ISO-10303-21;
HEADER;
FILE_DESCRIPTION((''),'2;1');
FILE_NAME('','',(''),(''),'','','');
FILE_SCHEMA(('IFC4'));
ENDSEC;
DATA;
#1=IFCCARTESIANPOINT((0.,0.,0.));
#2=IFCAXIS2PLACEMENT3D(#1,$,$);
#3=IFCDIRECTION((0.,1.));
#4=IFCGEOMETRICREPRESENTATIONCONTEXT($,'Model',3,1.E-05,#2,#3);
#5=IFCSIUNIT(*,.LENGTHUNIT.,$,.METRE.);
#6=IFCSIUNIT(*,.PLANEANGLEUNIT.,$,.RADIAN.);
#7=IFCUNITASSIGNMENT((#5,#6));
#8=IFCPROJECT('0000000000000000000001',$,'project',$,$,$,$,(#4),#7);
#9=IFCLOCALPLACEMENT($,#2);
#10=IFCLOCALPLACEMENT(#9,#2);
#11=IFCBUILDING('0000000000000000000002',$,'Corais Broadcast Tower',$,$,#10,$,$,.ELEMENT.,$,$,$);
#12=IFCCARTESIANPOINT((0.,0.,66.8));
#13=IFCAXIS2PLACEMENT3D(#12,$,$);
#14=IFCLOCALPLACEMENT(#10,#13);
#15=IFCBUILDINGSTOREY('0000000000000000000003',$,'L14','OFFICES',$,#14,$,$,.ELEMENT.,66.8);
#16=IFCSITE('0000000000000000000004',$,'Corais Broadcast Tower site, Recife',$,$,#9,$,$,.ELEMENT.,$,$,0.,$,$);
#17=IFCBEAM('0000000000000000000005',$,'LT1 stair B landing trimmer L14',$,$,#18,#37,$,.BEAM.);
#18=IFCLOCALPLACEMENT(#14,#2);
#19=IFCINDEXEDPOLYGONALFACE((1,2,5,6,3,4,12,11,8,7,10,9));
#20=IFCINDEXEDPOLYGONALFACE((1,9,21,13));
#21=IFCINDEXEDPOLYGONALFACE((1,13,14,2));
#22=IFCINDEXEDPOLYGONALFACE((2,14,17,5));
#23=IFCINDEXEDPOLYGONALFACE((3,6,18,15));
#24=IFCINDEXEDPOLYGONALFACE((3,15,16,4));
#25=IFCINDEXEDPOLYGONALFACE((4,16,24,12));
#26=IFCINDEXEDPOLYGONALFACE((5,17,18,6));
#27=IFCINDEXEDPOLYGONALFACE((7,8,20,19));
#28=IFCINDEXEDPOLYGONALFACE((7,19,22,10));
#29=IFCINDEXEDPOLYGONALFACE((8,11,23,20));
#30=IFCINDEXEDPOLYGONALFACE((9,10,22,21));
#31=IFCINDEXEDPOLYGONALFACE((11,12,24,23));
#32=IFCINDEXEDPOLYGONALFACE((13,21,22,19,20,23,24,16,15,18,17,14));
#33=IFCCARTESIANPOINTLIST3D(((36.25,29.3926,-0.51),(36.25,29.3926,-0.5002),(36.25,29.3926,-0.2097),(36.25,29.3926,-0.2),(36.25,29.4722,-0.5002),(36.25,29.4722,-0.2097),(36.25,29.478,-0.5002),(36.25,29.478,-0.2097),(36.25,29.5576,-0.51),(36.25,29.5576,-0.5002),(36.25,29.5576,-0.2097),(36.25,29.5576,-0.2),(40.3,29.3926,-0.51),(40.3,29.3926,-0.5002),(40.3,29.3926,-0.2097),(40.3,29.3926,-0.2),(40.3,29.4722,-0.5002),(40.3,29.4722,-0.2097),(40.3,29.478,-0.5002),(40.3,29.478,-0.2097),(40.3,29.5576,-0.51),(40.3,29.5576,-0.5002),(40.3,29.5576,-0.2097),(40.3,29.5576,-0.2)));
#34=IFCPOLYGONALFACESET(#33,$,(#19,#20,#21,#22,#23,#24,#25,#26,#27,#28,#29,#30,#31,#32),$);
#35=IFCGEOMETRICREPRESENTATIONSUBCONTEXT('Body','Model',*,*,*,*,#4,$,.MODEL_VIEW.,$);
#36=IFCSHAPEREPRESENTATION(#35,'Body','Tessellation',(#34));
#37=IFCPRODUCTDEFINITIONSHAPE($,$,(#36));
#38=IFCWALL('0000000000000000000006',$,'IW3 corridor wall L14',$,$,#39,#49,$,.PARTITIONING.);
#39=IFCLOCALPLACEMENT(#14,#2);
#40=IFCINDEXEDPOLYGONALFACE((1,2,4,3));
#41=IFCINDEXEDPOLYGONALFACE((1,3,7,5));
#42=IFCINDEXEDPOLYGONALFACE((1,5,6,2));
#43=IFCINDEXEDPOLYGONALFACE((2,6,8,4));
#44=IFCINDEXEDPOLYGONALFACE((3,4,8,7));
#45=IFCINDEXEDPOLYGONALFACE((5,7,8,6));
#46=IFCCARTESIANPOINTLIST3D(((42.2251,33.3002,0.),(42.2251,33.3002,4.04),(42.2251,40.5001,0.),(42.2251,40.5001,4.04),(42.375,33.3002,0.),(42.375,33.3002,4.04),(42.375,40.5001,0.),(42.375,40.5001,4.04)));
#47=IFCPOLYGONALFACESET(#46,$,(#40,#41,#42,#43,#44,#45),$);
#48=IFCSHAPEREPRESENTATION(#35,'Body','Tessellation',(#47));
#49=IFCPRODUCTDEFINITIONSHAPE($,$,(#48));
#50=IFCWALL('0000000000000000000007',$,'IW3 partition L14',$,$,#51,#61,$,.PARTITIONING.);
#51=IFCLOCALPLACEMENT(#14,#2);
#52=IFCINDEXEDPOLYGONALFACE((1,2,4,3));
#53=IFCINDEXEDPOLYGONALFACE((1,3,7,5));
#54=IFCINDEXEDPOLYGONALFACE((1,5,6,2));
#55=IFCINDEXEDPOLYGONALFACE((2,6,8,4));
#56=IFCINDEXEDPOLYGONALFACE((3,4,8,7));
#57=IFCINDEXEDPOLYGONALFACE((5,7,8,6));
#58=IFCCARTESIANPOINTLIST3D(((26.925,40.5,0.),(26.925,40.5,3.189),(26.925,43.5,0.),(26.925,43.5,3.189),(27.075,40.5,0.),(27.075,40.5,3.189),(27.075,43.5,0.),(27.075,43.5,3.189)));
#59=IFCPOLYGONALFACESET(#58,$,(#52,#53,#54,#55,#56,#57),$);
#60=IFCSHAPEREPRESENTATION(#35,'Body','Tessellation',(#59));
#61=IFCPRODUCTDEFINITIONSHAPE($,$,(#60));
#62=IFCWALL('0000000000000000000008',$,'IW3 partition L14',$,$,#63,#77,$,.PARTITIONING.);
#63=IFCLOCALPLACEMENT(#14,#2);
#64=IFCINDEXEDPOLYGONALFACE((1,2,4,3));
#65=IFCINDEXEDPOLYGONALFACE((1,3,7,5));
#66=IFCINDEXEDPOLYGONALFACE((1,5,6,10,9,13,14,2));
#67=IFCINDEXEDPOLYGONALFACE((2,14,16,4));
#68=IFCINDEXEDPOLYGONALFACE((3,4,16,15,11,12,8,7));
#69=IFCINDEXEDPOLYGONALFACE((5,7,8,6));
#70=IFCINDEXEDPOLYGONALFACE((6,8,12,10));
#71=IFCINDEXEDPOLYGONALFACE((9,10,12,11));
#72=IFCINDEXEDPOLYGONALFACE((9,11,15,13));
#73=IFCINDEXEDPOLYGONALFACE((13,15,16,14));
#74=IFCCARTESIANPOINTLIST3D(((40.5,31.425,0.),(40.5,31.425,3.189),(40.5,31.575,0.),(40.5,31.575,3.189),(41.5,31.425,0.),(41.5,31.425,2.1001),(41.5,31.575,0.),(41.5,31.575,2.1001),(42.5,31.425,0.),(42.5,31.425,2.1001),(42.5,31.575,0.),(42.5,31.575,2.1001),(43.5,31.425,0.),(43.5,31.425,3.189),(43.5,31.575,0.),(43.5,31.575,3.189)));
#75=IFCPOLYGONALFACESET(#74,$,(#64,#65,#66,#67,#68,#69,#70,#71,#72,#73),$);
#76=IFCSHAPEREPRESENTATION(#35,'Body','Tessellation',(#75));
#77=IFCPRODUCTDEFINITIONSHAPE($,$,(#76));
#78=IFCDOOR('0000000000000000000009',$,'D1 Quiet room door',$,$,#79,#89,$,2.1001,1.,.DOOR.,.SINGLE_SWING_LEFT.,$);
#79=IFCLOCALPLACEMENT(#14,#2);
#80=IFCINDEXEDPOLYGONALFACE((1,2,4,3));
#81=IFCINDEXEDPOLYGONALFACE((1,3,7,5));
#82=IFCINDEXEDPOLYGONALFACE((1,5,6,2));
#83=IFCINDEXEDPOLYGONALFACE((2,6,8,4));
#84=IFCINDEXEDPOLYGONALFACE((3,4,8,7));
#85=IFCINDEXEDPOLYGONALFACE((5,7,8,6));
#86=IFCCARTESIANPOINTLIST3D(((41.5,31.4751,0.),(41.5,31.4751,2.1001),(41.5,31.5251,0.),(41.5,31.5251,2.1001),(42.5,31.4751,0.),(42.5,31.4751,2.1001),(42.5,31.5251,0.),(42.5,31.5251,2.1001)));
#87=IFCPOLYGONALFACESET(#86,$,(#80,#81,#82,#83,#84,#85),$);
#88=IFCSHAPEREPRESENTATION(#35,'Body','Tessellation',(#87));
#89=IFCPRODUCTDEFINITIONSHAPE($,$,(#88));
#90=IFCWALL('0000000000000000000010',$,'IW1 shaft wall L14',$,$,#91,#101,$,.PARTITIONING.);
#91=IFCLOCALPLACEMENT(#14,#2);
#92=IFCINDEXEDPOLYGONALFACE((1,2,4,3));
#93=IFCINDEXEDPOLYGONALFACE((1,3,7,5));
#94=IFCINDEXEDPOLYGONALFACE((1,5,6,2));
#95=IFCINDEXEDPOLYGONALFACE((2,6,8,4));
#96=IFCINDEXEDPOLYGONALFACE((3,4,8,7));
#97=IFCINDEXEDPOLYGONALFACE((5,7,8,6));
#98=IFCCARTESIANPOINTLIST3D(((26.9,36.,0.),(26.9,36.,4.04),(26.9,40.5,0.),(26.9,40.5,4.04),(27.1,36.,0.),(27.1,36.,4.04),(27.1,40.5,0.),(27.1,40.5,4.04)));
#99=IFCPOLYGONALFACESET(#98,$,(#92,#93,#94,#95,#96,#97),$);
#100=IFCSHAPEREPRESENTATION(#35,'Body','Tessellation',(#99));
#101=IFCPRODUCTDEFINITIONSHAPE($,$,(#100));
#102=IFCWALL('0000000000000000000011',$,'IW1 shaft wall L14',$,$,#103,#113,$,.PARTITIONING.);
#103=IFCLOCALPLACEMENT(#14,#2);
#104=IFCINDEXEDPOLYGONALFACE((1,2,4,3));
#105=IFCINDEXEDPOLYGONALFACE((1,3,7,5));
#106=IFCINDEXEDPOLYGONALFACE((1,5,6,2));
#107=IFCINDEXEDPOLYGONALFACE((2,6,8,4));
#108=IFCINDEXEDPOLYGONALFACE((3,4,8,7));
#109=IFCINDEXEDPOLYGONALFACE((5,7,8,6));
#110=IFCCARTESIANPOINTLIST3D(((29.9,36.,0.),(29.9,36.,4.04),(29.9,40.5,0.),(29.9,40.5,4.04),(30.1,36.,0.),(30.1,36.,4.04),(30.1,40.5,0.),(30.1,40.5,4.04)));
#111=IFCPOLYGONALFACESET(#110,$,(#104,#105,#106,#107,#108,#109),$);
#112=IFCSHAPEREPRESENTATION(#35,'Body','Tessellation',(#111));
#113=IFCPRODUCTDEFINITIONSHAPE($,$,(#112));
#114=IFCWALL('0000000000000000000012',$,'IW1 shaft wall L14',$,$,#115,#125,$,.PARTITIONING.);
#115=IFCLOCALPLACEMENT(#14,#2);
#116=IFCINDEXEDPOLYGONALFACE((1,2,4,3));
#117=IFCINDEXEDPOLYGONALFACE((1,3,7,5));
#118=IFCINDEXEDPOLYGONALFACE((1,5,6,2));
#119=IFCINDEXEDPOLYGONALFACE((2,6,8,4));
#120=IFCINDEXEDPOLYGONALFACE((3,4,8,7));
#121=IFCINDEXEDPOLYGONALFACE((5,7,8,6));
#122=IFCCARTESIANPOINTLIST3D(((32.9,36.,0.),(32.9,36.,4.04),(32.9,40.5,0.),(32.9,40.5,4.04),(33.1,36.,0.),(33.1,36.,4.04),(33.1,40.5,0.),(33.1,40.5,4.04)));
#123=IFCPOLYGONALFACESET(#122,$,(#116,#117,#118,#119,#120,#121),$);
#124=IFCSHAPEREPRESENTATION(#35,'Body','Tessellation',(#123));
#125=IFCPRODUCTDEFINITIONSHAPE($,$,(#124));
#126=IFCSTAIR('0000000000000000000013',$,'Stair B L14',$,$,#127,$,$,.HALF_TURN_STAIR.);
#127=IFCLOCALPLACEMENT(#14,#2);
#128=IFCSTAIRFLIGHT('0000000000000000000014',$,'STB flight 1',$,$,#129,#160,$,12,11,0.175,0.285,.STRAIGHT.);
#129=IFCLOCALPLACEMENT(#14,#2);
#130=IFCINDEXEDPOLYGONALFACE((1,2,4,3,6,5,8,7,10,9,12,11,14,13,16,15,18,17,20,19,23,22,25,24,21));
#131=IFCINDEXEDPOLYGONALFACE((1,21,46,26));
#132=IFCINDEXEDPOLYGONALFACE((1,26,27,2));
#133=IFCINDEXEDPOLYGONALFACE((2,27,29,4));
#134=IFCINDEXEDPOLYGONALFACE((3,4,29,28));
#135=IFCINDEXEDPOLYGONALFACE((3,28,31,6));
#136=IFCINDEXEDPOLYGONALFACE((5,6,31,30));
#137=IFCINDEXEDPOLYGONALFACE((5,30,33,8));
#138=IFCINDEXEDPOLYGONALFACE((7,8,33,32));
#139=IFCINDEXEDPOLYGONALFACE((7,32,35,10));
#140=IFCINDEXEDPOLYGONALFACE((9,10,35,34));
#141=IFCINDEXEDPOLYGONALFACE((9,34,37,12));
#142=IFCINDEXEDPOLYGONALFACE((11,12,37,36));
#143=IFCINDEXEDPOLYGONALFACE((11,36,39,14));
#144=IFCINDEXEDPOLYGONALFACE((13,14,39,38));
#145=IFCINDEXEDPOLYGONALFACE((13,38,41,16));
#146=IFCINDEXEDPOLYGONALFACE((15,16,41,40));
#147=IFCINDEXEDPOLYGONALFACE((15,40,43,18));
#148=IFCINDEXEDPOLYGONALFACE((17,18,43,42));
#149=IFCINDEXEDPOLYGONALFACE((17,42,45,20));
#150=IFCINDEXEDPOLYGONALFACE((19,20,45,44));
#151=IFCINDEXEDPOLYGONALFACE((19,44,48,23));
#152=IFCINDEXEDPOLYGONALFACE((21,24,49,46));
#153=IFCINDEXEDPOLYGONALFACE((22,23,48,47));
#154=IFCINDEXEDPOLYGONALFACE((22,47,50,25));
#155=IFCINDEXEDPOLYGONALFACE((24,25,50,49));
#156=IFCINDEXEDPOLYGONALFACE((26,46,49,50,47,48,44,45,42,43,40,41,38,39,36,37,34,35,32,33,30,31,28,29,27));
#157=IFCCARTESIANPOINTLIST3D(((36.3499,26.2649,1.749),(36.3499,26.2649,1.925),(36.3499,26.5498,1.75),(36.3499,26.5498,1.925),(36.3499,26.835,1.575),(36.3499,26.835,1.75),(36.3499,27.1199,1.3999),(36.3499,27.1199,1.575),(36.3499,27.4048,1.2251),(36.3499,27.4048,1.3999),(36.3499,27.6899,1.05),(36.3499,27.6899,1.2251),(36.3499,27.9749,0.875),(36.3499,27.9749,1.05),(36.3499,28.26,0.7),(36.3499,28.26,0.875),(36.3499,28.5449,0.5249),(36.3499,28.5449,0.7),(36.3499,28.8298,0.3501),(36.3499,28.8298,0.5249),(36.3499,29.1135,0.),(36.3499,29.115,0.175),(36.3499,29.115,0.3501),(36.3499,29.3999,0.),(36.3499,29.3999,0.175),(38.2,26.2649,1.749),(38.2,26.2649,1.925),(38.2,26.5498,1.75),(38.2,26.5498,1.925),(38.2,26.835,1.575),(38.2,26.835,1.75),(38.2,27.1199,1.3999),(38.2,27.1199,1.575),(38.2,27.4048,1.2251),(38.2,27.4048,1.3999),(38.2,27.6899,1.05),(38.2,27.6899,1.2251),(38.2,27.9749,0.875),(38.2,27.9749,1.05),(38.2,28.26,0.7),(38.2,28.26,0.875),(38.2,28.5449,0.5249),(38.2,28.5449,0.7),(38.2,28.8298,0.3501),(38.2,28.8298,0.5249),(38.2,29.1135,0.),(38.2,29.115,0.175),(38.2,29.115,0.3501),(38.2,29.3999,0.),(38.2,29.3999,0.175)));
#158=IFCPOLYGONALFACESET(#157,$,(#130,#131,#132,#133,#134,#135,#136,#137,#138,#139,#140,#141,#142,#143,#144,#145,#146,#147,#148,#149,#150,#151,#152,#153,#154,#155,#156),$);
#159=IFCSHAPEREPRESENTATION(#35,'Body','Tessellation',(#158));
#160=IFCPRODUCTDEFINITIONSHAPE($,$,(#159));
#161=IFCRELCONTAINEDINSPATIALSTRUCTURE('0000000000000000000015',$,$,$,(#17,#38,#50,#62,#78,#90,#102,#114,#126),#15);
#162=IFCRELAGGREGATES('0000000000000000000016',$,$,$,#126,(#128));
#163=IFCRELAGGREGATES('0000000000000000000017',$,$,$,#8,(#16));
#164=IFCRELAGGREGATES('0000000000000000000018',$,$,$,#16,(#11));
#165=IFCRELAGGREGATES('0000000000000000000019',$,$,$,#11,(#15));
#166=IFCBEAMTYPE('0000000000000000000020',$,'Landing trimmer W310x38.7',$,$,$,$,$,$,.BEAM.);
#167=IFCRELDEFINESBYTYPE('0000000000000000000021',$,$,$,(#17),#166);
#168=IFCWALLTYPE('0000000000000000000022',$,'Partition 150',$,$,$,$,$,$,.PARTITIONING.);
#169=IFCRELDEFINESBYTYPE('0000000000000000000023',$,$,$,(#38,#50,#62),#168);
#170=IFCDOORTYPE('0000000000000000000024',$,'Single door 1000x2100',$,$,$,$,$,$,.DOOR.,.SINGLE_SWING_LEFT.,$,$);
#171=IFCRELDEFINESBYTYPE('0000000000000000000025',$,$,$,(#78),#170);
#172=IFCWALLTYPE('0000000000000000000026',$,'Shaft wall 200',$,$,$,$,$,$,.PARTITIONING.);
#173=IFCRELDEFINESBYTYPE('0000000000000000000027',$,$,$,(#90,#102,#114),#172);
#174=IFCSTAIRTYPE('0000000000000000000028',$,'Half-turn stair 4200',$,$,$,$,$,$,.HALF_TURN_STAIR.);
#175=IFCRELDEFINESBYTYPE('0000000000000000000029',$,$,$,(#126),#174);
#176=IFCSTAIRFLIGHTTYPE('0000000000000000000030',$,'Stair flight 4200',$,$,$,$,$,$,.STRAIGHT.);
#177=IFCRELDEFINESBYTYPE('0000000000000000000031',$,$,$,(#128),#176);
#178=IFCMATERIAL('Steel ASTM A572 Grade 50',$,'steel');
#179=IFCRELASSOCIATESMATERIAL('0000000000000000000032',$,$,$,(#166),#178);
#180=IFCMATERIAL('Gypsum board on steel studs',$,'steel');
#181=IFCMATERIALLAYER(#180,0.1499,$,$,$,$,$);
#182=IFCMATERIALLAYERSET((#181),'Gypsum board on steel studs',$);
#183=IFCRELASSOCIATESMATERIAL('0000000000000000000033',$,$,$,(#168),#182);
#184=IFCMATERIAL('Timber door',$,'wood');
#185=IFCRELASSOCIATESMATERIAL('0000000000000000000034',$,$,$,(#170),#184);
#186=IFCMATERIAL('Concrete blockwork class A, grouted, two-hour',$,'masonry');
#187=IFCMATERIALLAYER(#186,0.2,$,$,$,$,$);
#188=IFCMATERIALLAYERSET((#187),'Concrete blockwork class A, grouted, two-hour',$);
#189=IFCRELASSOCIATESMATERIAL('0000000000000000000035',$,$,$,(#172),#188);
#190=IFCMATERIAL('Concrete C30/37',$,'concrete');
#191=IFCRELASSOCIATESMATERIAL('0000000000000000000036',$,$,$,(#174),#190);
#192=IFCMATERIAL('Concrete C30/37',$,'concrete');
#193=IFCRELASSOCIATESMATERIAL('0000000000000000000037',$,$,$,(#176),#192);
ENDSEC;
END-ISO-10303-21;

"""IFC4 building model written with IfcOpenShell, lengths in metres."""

from ifc_helpers import new_model, si_unit, direction, frame, frame_2d, origin, origin_2d, place, context, subcontext, project, spatial, polyline, rectangle, i_section, outline, extrude, material, layer, layer_set, material_profile, profile_set, type_object, element, fill, aggregate, save


model = new_model("IFC4")

# Units and contexts
model_context = context("Model", 3, precision=1e-05, world=origin(), true_north=direction((0.0, 1.0)))
body_context = subcontext(model_context, "Body", "Model", "MODEL_VIEW")
ifc_project = project(units=[si_unit("LENGTHUNIT", "METRE"), si_unit("PLANEANGLEUNIT", "RADIAN")], contexts=[model_context])

# Site, building, storey
site_placement = place(None, origin())
site = spatial("IfcSite", under=ifc_project, at=site_placement, Name="Corais Broadcast Tower site, Recife", CompositionType="ELEMENT", RefElevation=0.0)
building_placement = place(site_placement, origin())
building = spatial("IfcBuilding", under=site, at=building_placement, Name="Corais Broadcast Tower", CompositionType="ELEMENT")
storey_placement = place(building_placement, frame((0.0, 0.0, 66.8)))
storey = spatial("IfcBuildingStorey", under=building, at=storey_placement, Name="L14", Description="OFFICES", CompositionType="ELEMENT", Elevation=66.8)

# Beam
ifc_material_1 = material(Name="Steel ASTM A572 Grade 50", Category="steel")
ifc_material_profile = material_profile(ifc_material_1, i_section(OverallWidth=0.165, OverallDepth=0.3101, WebThickness=0.0059, FlangeThickness=0.0098, at=origin_2d()), Name="W310x38.7")
ifc_profile_set = profile_set([ifc_material_profile], Name="Steel ASTM A572 Grade 50")
beam_type = type_object("IfcBeamType", Name="Landing trimmer W310x38.7", PredefinedType="BEAM", material=ifc_profile_set)
beam_placement = place(storey_placement, frame((36.25, 29.4751, -0.355), z_axis=(1.0, 0.0, 0.0), x_axis=(0.0, 1.0, 0.0)))
element("IfcBeam", 1, at=beam_placement, inside=storey, type_object=beam_type, Name="LT1 stair B landing trimmer L14", PredefinedType="BEAM", context=body_context, shape_type="SweptSolid", body=[
    extrude(i_section(OverallWidth=0.165, OverallDepth=0.3101, WebThickness=0.0059, FlangeThickness=0.0098, at=origin_2d()), origin(), (0.0, 0.0, 1.0), 4.05),
])

# Walls
ifc_material_2 = material(Name="Gypsum board on steel studs", Category="steel")
ifc_layer_1 = layer(ifc_material_2, 0.1499)
ifc_layer_set_1 = layer_set([ifc_layer_1], Name="Gypsum board on steel studs")
wall_type_1 = type_object("IfcWallType", Name="Partition 150", PredefinedType="PARTITIONING", material=ifc_layer_set_1)
wall_1_placement = place(storey_placement, frame((42.3, 33.3, 0.0), z_axis=(0.0, 0.0, 1.0), x_axis=(0.0, 1.0, 0.0)))
element("IfcWall", 2, at=wall_1_placement, inside=storey, type_object=wall_type_1, Name="IW3 corridor wall L14", PredefinedType="PARTITIONING", context=body_context, shape_type="SweptSolid", body=[
    extrude(rectangle(XDim=7.2, YDim=0.1499, at=frame_2d((3.6001, 0.0))), origin(), (0.0, 0.0, 1.0), 4.04),
])
wall_2_placement = place(storey_placement, frame((27.0, 40.5, 0.0), z_axis=(0.0, 0.0, 1.0), x_axis=(0.0, 1.0, 0.0)))
element("IfcWall", 3, at=wall_2_placement, inside=storey, type_object=wall_type_1, Name="IW3 partition L14", PredefinedType="PARTITIONING", context=body_context, shape_type="SweptSolid", body=[
    extrude(rectangle(XDim=3.0, YDim=0.1499, at=frame_2d((1.5, 0.0))), origin(), (0.0, 0.0, 1.0), 3.189),
])

# Wall, opening, door
wall_3_placement = place(storey_placement, frame((43.5, 31.5, 0.0), z_axis=(0.0, 0.0, 1.0), x_axis=(-1.0, 0.0, 0.0)))
wall_3 = element("IfcWall", 4, at=wall_3_placement, inside=storey, type_object=wall_type_1, Name="IW3 partition L14", PredefinedType="PARTITIONING", context=body_context, shape_type="SweptSolid", body=[
    extrude(rectangle(XDim=3.0, YDim=0.1499, at=frame_2d((1.5, 0.0))), origin(), (0.0, 0.0, 1.0), 3.189),
])
opening_placement = place(wall_3_placement, frame((1.0, 0.0, 0.0)))
opening = element("IfcOpeningElement", 5, at=opening_placement, cuts=wall_3, PredefinedType="OPENING", context=body_context, shape_type="SweptSolid", body=[
    extrude(rectangle(XDim=1.0, YDim=2.1001, at=frame_2d((0.5, 1.05))), frame((0.0, 0.085, 0.0), z_axis=(0.0, -1.0, 0.0), x_axis=(1.0, 0.0, 0.0)), (0.0, 0.0, 1.0), 0.1699),
])
ifc_material_3 = material(Name="Timber door", Category="wood")
door_type = type_object("IfcDoorType", Name="Single door 1000x2100", OperationType="SINGLE_SWING_LEFT", PredefinedType="DOOR", material=ifc_material_3)
door_placement = place(opening_placement, origin())
door = element("IfcDoor", 6, at=door_placement, inside=storey, type_object=door_type, Name="D1 Quiet room door", OperationType="SINGLE_SWING_LEFT", OverallHeight=2.1001, OverallWidth=1.0, PredefinedType="DOOR", context=body_context, shape_type="SweptSolid", body=[
    extrude(rectangle(XDim=1.0, YDim=2.1001, at=frame_2d((0.5, 1.05))), frame((0.0, 0.0249, 0.0), z_axis=(0.0, -1.0, 0.0), x_axis=(1.0, 0.0, 0.0)), (0.0, 0.0, 1.0), 0.05),
])
fill(opening, door)

# Walls
ifc_material_4 = material(Name="Concrete blockwork class A, grouted, two-hour", Category="masonry")
ifc_layer_2 = layer(ifc_material_4, 0.2)
ifc_layer_set_2 = layer_set([ifc_layer_2], Name="Concrete blockwork class A, grouted, two-hour")
wall_type_2 = type_object("IfcWallType", Name="Shaft wall 200", PredefinedType="PARTITIONING", material=ifc_layer_set_2)
for number, where, z_axis, x_axis, name in (
    (7, (27.0, 36.0, 0.0), (0.0, 0.0, 1.0), (0.0, 1.0, 0.0), "IW1 shaft wall L14"),
    (8, (30.0, 36.0, 0.0), (0.0, 0.0, 1.0), (0.0, 1.0, 0.0), "IW1 shaft wall L14"),
    (9, (33.0, 36.0, 0.0), (0.0, 0.0, 1.0), (0.0, 1.0, 0.0), "IW1 shaft wall L14"),
):
    element("IfcWall", number, at=place(storey_placement, frame(where, z_axis=z_axis, x_axis=x_axis)), inside=storey, type_object=wall_type_2, Name=name, PredefinedType="PARTITIONING", context=body_context, shape_type="SweptSolid", body=[
        extrude(rectangle(XDim=4.5, YDim=0.2, at=frame_2d((2.25, 0.0))), origin(), (0.0, 0.0, 1.0), 4.04),
    ])

# Stair, stair flight
ifc_material_5 = material(Name="Concrete C30/37", Category="concrete")
stair_type = type_object("IfcStairType", Name="Half-turn stair 4200", PredefinedType="HALF_TURN_STAIR", material=ifc_material_5)
stair_placement = place(storey_placement, origin())
stair = element("IfcStair", 10, at=stair_placement, inside=storey, type_object=stair_type, Name="Stair B L14", PredefinedType="HALF_TURN_STAIR")
ifc_material_6 = material(Name="Concrete C30/37", Category="concrete")
stair_flight_type = type_object("IfcStairFlightType", Name="Stair flight 4200", PredefinedType="STRAIGHT", material=ifc_material_6)
stair_flight_placement = place(storey_placement, frame((37.2749, 29.3999, 0.0), z_axis=(0.0, 0.0, 1.0), x_axis=(0.0, -1.0, 0.0)))
stair_flight = element("IfcStairFlight", 11, at=stair_flight_placement, type_object=stair_flight_type, Name="STB flight 1", NumberOfRisers=12, NumberOfTreads=11, PredefinedType="STRAIGHT", RiserHeight=0.175, TreadLength=0.285, context=body_context, shape_type="SweptSolid", body=[
    extrude(outline(polyline([(0.0, 0.0), (0.0, 0.175), (0.2849, 0.175), (0.2849, 0.3501), (0.5701, 0.3501), (0.5701, 0.5249), (0.855, 0.5249), (0.855, 0.7), (1.1399, 0.7), (1.1399, 0.875), (1.425, 0.875), (1.425, 1.05), (1.71, 1.05), (1.71, 1.2251), (1.9951, 1.2251), (1.9951, 1.3999), (2.28, 1.3999), (2.28, 1.575), (2.5649, 1.575), (2.5649, 1.75), (2.8501, 1.75), (2.8501, 1.925), (3.135, 1.925), (3.135, 2.1001), (3.135, 1.749), (0.2864, 0.0), (0.0, 0.0)])), frame((0.0, 0.925, 0.0), z_axis=(0.0, -1.0, 0.0), x_axis=(1.0, 0.0, 0.0)), (0.0, 0.0, 1.0), 1.8501),
])
aggregate(stair, [stair_flight])

save(model, "model.ifc")
